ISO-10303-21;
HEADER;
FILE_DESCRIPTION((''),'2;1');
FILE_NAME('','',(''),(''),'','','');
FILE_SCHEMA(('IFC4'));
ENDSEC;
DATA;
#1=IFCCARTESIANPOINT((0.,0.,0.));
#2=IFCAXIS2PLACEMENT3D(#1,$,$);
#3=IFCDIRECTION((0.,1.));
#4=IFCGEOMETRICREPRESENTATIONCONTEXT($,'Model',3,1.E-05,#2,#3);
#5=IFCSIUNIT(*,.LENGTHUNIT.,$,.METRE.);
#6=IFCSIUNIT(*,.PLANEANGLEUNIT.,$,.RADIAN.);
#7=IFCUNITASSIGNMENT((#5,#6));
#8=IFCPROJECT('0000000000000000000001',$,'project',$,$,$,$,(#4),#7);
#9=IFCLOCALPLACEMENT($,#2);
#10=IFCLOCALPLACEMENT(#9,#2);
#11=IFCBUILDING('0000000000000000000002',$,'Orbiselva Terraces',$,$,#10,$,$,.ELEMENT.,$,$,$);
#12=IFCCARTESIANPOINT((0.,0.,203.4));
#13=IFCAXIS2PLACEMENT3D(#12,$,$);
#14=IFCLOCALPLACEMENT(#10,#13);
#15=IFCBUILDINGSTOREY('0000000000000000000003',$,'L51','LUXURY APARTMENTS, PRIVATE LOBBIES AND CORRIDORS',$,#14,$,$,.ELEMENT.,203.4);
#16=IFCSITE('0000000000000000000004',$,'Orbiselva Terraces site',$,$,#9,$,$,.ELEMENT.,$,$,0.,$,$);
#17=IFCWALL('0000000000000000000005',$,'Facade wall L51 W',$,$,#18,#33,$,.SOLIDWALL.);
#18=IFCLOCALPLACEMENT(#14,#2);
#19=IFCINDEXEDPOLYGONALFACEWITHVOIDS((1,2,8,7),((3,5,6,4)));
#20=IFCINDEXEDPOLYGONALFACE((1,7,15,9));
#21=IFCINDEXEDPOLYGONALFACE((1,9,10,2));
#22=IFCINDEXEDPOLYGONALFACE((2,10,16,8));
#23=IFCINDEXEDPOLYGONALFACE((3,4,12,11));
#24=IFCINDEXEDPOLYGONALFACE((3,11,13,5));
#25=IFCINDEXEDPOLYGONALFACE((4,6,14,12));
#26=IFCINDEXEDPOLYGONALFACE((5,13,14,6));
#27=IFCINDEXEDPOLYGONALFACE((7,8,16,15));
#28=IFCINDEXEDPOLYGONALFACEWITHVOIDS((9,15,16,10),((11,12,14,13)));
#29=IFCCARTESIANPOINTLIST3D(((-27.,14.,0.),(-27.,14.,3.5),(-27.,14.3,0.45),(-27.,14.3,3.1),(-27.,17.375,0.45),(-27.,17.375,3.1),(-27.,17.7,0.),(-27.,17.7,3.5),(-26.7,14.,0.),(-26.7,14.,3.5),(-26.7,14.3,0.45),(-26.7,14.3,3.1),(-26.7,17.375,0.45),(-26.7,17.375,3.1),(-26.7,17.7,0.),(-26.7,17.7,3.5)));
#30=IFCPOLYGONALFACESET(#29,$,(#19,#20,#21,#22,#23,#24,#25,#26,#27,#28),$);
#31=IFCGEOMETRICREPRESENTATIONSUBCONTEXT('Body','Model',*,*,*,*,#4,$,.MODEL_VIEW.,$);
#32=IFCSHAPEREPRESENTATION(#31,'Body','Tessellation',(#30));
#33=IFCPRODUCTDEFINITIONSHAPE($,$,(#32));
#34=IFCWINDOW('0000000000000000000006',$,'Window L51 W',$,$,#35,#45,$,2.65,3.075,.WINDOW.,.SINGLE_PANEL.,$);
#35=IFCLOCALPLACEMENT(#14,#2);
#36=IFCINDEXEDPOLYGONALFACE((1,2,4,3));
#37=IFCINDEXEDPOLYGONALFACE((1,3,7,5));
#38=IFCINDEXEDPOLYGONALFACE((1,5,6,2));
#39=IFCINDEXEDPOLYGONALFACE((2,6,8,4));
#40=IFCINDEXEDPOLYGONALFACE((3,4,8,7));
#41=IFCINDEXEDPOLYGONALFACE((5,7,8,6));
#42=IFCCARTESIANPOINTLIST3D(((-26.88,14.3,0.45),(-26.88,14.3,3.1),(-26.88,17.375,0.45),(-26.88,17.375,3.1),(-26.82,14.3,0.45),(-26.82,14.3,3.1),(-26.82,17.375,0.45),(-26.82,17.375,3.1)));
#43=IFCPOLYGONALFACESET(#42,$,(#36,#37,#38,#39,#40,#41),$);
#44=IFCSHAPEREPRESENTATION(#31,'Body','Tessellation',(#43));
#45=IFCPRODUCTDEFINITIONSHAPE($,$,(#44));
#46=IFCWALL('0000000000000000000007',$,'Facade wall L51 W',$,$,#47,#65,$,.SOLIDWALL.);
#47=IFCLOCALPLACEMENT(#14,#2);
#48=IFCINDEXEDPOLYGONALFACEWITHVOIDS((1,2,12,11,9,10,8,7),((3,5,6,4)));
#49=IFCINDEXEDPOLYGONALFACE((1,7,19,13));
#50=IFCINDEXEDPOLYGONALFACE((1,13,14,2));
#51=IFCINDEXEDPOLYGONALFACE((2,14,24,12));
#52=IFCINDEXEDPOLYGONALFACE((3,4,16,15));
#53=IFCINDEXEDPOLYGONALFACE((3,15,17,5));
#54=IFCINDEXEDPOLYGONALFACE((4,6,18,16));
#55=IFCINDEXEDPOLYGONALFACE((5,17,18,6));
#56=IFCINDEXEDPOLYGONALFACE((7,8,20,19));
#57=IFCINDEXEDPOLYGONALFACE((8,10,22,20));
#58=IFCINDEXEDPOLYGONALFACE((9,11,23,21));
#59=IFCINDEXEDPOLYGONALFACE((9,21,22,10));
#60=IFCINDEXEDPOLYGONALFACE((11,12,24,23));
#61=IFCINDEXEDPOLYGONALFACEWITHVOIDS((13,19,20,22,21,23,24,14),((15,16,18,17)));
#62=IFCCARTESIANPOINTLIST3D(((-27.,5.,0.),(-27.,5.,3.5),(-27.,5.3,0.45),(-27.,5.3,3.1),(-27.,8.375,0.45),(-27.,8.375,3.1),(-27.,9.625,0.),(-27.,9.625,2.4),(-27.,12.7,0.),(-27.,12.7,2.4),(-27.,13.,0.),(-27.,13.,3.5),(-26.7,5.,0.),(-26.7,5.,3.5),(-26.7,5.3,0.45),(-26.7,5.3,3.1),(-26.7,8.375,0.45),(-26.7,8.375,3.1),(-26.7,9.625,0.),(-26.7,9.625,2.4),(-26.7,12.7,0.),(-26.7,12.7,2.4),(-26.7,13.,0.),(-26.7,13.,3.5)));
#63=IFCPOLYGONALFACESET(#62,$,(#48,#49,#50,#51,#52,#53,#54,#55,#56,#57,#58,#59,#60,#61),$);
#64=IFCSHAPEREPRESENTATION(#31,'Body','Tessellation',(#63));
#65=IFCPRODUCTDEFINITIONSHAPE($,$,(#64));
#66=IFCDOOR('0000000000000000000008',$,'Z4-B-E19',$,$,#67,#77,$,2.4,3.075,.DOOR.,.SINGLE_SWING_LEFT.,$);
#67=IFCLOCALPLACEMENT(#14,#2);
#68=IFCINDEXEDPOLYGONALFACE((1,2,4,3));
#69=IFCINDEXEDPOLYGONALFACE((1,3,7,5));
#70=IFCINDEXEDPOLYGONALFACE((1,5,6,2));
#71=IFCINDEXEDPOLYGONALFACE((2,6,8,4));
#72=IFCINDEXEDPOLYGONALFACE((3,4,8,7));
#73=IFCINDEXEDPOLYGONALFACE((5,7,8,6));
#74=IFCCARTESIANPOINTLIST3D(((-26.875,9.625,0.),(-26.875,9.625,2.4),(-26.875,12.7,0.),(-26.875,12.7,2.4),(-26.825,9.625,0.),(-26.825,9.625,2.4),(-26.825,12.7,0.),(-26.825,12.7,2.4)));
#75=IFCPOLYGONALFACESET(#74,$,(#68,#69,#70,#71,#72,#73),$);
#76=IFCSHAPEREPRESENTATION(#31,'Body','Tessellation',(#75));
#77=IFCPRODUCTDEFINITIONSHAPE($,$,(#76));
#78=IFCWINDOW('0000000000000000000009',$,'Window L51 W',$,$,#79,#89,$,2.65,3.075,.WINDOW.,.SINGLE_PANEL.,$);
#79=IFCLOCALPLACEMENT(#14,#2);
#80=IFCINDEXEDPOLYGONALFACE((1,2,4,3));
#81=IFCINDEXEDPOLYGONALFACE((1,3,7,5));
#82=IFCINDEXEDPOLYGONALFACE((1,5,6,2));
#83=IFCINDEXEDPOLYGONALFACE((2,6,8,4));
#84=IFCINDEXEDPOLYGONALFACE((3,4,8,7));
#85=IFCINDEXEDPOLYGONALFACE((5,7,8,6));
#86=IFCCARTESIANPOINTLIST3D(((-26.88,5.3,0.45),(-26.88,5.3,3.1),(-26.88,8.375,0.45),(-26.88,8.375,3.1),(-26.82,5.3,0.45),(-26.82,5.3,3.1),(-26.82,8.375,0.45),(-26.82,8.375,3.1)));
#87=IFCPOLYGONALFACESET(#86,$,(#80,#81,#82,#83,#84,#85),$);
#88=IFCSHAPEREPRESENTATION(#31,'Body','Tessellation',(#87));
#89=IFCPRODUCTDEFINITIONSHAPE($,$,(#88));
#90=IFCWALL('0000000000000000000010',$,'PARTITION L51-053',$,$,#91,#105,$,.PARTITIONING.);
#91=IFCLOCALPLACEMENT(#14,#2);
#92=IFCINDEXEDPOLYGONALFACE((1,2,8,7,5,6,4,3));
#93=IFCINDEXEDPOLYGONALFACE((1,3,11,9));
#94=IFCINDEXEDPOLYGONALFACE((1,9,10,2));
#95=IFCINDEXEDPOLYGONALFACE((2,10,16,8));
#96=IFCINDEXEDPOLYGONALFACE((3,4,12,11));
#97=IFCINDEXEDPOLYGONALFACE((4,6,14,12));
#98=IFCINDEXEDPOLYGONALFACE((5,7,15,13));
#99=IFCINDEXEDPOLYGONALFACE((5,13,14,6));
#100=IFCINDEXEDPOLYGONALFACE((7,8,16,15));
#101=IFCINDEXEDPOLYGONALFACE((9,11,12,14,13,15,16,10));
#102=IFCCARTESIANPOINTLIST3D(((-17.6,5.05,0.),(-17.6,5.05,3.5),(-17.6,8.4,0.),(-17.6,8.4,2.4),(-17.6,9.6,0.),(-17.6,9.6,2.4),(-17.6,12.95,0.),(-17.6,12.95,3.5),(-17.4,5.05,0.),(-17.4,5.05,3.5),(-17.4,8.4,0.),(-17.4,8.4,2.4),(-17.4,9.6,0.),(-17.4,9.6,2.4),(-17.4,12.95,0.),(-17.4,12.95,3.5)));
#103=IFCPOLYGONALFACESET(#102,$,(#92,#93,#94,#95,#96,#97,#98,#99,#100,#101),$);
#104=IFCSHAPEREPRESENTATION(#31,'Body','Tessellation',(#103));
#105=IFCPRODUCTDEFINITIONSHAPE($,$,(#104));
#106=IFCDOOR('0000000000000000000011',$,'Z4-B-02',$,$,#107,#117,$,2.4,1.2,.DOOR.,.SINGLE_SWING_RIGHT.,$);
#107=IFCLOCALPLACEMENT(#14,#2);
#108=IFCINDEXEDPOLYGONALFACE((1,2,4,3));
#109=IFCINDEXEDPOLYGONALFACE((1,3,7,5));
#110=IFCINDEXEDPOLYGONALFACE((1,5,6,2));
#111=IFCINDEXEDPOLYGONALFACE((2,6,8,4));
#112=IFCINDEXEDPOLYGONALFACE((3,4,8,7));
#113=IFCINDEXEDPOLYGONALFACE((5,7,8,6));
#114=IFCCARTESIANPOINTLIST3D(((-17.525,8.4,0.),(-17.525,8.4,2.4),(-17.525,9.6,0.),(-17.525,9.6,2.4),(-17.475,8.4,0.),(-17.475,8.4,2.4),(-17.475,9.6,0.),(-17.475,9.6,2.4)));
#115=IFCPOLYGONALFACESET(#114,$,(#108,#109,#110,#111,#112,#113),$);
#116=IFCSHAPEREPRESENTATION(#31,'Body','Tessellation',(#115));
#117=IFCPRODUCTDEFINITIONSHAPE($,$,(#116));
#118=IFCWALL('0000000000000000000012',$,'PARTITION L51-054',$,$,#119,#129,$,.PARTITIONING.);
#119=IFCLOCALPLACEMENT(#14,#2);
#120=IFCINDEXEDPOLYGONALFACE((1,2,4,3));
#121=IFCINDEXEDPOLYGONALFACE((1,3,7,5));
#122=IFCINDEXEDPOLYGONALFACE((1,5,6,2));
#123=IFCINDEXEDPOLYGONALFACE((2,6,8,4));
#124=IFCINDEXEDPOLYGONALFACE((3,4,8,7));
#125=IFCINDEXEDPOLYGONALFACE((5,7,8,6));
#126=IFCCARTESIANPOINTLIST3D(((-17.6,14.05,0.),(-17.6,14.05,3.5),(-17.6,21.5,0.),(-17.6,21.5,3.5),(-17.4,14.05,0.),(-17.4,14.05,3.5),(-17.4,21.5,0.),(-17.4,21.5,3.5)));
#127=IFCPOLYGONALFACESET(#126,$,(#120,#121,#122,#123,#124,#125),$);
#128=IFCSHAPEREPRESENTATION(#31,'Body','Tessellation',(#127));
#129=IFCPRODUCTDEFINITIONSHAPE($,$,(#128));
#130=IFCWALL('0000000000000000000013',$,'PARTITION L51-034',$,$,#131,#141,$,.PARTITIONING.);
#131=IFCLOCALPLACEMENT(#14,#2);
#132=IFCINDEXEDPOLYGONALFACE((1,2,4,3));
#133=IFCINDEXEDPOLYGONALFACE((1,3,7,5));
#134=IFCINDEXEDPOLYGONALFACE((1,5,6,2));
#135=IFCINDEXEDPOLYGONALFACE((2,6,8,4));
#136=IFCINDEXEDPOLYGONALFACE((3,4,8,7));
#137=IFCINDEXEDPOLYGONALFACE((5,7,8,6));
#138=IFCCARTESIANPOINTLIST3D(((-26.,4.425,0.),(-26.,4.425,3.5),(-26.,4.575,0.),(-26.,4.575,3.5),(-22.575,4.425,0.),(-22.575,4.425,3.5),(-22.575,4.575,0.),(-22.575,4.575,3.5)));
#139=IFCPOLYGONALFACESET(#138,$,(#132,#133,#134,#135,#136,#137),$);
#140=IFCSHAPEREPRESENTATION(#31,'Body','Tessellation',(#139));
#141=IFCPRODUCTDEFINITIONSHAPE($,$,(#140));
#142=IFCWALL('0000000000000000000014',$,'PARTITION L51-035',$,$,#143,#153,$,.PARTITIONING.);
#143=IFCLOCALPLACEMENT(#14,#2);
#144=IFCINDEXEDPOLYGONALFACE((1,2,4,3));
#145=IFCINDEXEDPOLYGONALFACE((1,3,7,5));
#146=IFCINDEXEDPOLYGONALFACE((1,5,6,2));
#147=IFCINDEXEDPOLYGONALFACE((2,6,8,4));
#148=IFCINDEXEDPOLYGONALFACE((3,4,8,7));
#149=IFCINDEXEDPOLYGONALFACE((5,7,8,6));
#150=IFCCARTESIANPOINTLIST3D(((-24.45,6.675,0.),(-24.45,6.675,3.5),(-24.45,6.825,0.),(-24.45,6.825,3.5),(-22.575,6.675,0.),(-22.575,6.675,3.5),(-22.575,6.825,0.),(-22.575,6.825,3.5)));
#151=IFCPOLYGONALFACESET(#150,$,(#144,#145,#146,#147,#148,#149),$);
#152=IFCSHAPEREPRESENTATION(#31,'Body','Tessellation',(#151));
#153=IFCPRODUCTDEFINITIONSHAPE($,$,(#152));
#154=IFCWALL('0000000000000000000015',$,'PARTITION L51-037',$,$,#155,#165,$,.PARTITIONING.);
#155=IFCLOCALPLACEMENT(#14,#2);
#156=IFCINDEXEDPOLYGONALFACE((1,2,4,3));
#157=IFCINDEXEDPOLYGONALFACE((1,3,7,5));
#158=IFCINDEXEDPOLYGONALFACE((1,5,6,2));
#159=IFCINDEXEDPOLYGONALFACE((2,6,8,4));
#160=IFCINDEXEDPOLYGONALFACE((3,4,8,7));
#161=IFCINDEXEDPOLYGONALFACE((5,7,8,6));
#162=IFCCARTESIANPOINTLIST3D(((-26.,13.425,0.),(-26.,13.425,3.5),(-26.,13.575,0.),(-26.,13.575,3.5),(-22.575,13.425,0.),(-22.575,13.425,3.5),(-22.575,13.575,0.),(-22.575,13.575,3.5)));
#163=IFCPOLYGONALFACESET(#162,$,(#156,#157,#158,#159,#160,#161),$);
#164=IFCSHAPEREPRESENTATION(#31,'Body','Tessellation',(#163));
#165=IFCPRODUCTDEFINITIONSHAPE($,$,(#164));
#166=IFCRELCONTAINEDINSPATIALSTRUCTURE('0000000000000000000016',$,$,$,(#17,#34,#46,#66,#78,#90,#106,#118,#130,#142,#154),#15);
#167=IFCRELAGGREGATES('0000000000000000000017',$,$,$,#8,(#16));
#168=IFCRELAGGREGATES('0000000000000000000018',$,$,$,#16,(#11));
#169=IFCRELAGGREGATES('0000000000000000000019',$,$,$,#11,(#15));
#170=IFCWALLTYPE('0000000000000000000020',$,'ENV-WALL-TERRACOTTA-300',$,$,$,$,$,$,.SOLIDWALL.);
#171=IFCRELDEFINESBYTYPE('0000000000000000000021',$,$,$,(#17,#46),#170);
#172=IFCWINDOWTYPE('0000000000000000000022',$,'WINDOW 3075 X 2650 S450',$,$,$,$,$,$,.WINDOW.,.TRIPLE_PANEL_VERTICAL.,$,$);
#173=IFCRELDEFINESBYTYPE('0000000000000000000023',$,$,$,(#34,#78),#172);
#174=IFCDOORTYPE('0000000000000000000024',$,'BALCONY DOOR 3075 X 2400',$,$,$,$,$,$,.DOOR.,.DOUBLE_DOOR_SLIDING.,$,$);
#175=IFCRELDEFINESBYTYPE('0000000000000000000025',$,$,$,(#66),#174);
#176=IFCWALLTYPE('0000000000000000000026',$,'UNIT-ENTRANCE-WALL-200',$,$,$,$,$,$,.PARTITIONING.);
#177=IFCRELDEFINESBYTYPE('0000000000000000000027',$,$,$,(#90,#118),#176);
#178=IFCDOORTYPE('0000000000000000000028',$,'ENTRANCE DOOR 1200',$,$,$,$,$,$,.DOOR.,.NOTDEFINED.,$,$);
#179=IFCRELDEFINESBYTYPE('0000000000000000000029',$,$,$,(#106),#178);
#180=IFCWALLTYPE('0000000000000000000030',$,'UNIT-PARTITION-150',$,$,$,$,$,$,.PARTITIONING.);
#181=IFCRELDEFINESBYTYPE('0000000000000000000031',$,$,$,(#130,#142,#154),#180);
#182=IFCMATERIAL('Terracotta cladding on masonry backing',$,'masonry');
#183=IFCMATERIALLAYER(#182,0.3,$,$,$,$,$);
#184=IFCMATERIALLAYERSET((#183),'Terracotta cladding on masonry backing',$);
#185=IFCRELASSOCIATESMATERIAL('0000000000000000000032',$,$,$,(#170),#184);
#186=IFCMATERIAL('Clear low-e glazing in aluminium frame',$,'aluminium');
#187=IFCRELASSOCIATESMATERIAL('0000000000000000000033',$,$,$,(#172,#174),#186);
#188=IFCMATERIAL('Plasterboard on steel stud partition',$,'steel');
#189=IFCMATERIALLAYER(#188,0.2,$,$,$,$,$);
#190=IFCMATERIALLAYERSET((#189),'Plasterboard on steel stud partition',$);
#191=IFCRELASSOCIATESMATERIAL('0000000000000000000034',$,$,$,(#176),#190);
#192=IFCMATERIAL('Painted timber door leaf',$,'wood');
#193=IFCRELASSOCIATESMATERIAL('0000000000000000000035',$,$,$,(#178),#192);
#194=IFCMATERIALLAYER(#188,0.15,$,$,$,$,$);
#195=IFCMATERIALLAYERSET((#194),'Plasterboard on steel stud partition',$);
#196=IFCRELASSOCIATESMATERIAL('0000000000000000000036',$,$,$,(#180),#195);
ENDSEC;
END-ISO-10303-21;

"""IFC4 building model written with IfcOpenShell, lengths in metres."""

from ifc_helpers import new_model, si_unit, direction, frame, frame_2d, origin, place, context, subcontext, project, spatial, rectangle, extrude, material, layer, layer_set, type_object, element, fill, save


model = new_model("IFC4")

# Units and contexts
model_context = context("Model", 3, precision=1e-05, world=origin(), true_north=direction((0.0, 1.0)))
body_context = subcontext(model_context, "Body", "Model", "MODEL_VIEW")
ifc_project = project(units=[si_unit("LENGTHUNIT", "METRE"), si_unit("PLANEANGLEUNIT", "RADIAN")], contexts=[model_context])

# Site, building, storey
site_placement = place(None, origin())
site = spatial("IfcSite", under=ifc_project, at=site_placement, Name="Orbiselva Terraces site", CompositionType="ELEMENT", RefElevation=0.0)
building_placement = place(site_placement, origin())
building = spatial("IfcBuilding", under=site, at=building_placement, Name="Orbiselva Terraces", CompositionType="ELEMENT")
storey_placement = place(building_placement, frame((0.0, 0.0, 203.4)))
storey = spatial("IfcBuildingStorey", under=building, at=storey_placement, Name="L51", Description="LUXURY APARTMENTS, PRIVATE LOBBIES AND CORRIDORS", CompositionType="ELEMENT", Elevation=203.4)

# Wall, opening, window
ifc_material_1 = material(Name="Terracotta cladding on masonry backing", Category="masonry")
ifc_layer_1 = layer(ifc_material_1, 0.3)
ifc_layer_set_1 = layer_set([ifc_layer_1], Name="Terracotta cladding on masonry backing")
wall_type_1 = type_object("IfcWallType", Name="ENV-WALL-TERRACOTTA-300", PredefinedType="SOLIDWALL", material=ifc_layer_set_1)
wall_1_placement = place(storey_placement, frame((-26.85, 14.0, 0.0), z_axis=(0.0, 0.0, 1.0), x_axis=(0.0, 1.0, 0.0)))
wall_1 = element("IfcWall", 1, at=wall_1_placement, inside=storey, type_object=wall_type_1, Name="Facade wall L51 W", PredefinedType="SOLIDWALL", context=body_context, shape_type="SweptSolid", body=[
    extrude(rectangle(XDim=3.7, YDim=0.3, at=frame_2d((1.85, 0.0))), origin(), (0.0, 0.0, 1.0), 3.5),
])
opening_1_placement = place(wall_1_placement, frame((0.3, 0.0, 0.45)))
opening_1 = element("IfcOpeningElement", 2, at=opening_1_placement, cuts=wall_1, PredefinedType="OPENING", context=body_context, shape_type="SweptSolid", body=[
    extrude(rectangle(XDim=3.075, YDim=2.65, at=frame_2d((1.5375, 1.325))), frame((0.0, 0.16, 0.0), z_axis=(0.0, -1.0, 0.0), x_axis=(1.0, 0.0, 0.0)), (0.0, 0.0, 1.0), 0.32),
])
ifc_material_2 = material(Name="Clear low-e glazing in aluminium frame", Category="aluminium")
window_type = type_object("IfcWindowType", Name="WINDOW 3075 X 2650 S450", PartitioningType="TRIPLE_PANEL_VERTICAL", PredefinedType="WINDOW", material=ifc_material_2)
window_1_placement = place(opening_1_placement, origin())
window_1 = element("IfcWindow", 3, at=window_1_placement, inside=storey, type_object=window_type, Name="Window L51 W", OverallHeight=2.65, OverallWidth=3.075, PartitioningType="SINGLE_PANEL", PredefinedType="WINDOW", context=body_context, shape_type="SweptSolid", body=[
    extrude(rectangle(XDim=3.075, YDim=2.65, at=frame_2d((1.5375, 1.325))), frame((0.0, 0.03, 0.0), z_axis=(0.0, -1.0, 0.0), x_axis=(1.0, 0.0, 0.0)), (0.0, 0.0, 1.0), 0.06),
])
fill(opening_1, window_1)

# Wall, openings, door, window
wall_2_placement = place(storey_placement, frame((-26.85, 5.0, 0.0), z_axis=(0.0, 0.0, 1.0), x_axis=(0.0, 1.0, 0.0)))
wall_2 = element("IfcWall", 4, at=wall_2_placement, inside=storey, type_object=wall_type_1, Name="Facade wall L51 W", PredefinedType="SOLIDWALL", context=body_context, shape_type="SweptSolid", body=[
    extrude(rectangle(XDim=8.0, YDim=0.3, at=frame_2d((4.0, 0.0))), origin(), (0.0, 0.0, 1.0), 3.5),
])
opening_2_placement = place(wall_2_placement, frame((4.625, 0.0, 0.0)))
opening_2 = element("IfcOpeningElement", 5, at=opening_2_placement, cuts=wall_2, PredefinedType="OPENING", context=body_context, shape_type="SweptSolid", body=[
    extrude(rectangle(XDim=3.075, YDim=2.4, at=frame_2d((1.5375, 1.2))), frame((0.0, 0.16, 0.0), z_axis=(0.0, -1.0, 0.0), x_axis=(1.0, 0.0, 0.0)), (0.0, 0.0, 1.0), 0.32),
])
opening_3_placement = place(wall_2_placement, frame((0.3, 0.0, 0.45)))
opening_3 = element("IfcOpeningElement", 6, at=opening_3_placement, cuts=wall_2, PredefinedType="OPENING", context=body_context, shape_type="SweptSolid", body=[
    extrude(rectangle(XDim=3.075, YDim=2.65, at=frame_2d((1.5375, 1.325))), frame((0.0, 0.16, 0.0), z_axis=(0.0, -1.0, 0.0), x_axis=(1.0, 0.0, 0.0)), (0.0, 0.0, 1.0), 0.32),
])
door_type_1 = type_object("IfcDoorType", Name="BALCONY DOOR 3075 X 2400", OperationType="DOUBLE_DOOR_SLIDING", PredefinedType="DOOR", material=ifc_material_2)
door_1_placement = place(opening_2_placement, origin())
door_1 = element("IfcDoor", 7, at=door_1_placement, inside=storey, type_object=door_type_1, Name="Z4-B-E19", OperationType="SINGLE_SWING_LEFT", OverallHeight=2.4, OverallWidth=3.075, PredefinedType="DOOR", context=body_context, shape_type="SweptSolid", body=[
    extrude(rectangle(XDim=3.075, YDim=2.4, at=frame_2d((1.5375, 1.2))), frame((0.0, 0.025, 0.0), z_axis=(0.0, -1.0, 0.0), x_axis=(1.0, 0.0, 0.0)), (0.0, 0.0, 1.0), 0.05),
])
fill(opening_2, door_1)
window_2_placement = place(opening_3_placement, origin())
window_2 = element("IfcWindow", 8, at=window_2_placement, inside=storey, type_object=window_type, Name="Window L51 W", OverallHeight=2.65, OverallWidth=3.075, PartitioningType="SINGLE_PANEL", PredefinedType="WINDOW", context=body_context, shape_type="SweptSolid", body=[
    extrude(rectangle(XDim=3.075, YDim=2.65, at=frame_2d((1.5375, 1.325))), frame((0.0, 0.03, 0.0), z_axis=(0.0, -1.0, 0.0), x_axis=(1.0, 0.0, 0.0)), (0.0, 0.0, 1.0), 0.06),
])
fill(opening_3, window_2)

# Wall, opening, door
ifc_material_3 = material(Name="Plasterboard on steel stud partition", Category="steel")
ifc_layer_2 = layer(ifc_material_3, 0.2)
ifc_layer_set_2 = layer_set([ifc_layer_2], Name="Plasterboard on steel stud partition")
wall_type_2 = type_object("IfcWallType", Name="UNIT-ENTRANCE-WALL-200", PredefinedType="PARTITIONING", material=ifc_layer_set_2)
wall_3_placement = place(storey_placement, frame((-17.5, 5.05, 0.0), z_axis=(0.0, 0.0, 1.0), x_axis=(0.0, 1.0, 0.0)))
wall_3 = element("IfcWall", 9, at=wall_3_placement, inside=storey, type_object=wall_type_2, Name="PARTITION L51-053", PredefinedType="PARTITIONING", context=body_context, shape_type="SweptSolid", body=[
    extrude(rectangle(XDim=7.9, YDim=0.2, at=frame_2d((3.95, 0.0))), origin(), (0.0, 0.0, 1.0), 3.5),
])
opening_4_placement = place(wall_3_placement, frame((3.35, 0.0, 0.0)))
opening_4 = element("IfcOpeningElement", 10, at=opening_4_placement, cuts=wall_3, PredefinedType="OPENING", context=body_context, shape_type="SweptSolid", body=[
    extrude(rectangle(XDim=1.2, YDim=2.4, at=frame_2d((0.6, 1.2))), frame((0.0, 0.11, 0.0), z_axis=(0.0, -1.0, 0.0), x_axis=(1.0, 0.0, 0.0)), (0.0, 0.0, 1.0), 0.22),
])
ifc_material_4 = material(Name="Painted timber door leaf", Category="wood")
door_type_2 = type_object("IfcDoorType", Name="ENTRANCE DOOR 1200", OperationType="NOTDEFINED", PredefinedType="DOOR", material=ifc_material_4)
door_2_placement = place(opening_4_placement, origin())
door_2 = element("IfcDoor", 11, at=door_2_placement, inside=storey, type_object=door_type_2, Name="Z4-B-02", OperationType="SINGLE_SWING_RIGHT", OverallHeight=2.4, OverallWidth=1.2, PredefinedType="DOOR", context=body_context, shape_type="SweptSolid", body=[
    extrude(rectangle(XDim=1.2, YDim=2.4, at=frame_2d((0.6, 1.2))), frame((0.0, 0.025, 0.0), z_axis=(0.0, -1.0, 0.0), x_axis=(1.0, 0.0, 0.0)), (0.0, 0.0, 1.0), 0.05),
])
fill(opening_4, door_2)

# Walls
wall_4_placement = place(storey_placement, frame((-17.5, 14.05, 0.0), z_axis=(0.0, 0.0, 1.0), x_axis=(0.0, 1.0, 0.0)))
element("IfcWall", 12, at=wall_4_placement, inside=storey, type_object=wall_type_2, Name="PARTITION L51-054", PredefinedType="PARTITIONING", context=body_context, shape_type="SweptSolid", body=[
    extrude(rectangle(XDim=7.45, YDim=0.2, at=frame_2d((3.725, 0.0))), origin(), (0.0, 0.0, 1.0), 3.5),
])
ifc_layer_3 = layer(ifc_material_3, 0.15)
ifc_layer_set_3 = layer_set([ifc_layer_3], Name="Plasterboard on steel stud partition")
wall_type_3 = type_object("IfcWallType", Name="UNIT-PARTITION-150", PredefinedType="PARTITIONING", material=ifc_layer_set_3)
wall_5_placement = place(storey_placement, frame((-26.0, 4.5, 0.0), z_axis=(0.0, 0.0, 1.0), x_axis=(1.0, 0.0, 0.0)))
element("IfcWall", 13, at=wall_5_placement, inside=storey, type_object=wall_type_3, Name="PARTITION L51-034", PredefinedType="PARTITIONING", context=body_context, shape_type="SweptSolid", body=[
    extrude(rectangle(XDim=3.425, YDim=0.15, at=frame_2d((1.7125, 0.0))), origin(), (0.0, 0.0, 1.0), 3.5),
])
wall_6_placement = place(storey_placement, frame((-24.45, 6.75, 0.0), z_axis=(0.0, 0.0, 1.0), x_axis=(1.0, 0.0, 0.0)))
element("IfcWall", 14, at=wall_6_placement, inside=storey, type_object=wall_type_3, Name="PARTITION L51-035", PredefinedType="PARTITIONING", context=body_context, shape_type="SweptSolid", body=[
    extrude(rectangle(XDim=1.875, YDim=0.15, at=frame_2d((0.9375, 0.0))), origin(), (0.0, 0.0, 1.0), 3.5),
])
wall_7_placement = place(storey_placement, frame((-26.0, 13.5, 0.0), z_axis=(0.0, 0.0, 1.0), x_axis=(1.0, 0.0, 0.0)))
element("IfcWall", 15, at=wall_7_placement, inside=storey, type_object=wall_type_3, Name="PARTITION L51-037", PredefinedType="PARTITIONING", context=body_context, shape_type="SweptSolid", body=[
    extrude(rectangle(XDim=3.425, YDim=0.15, at=frame_2d((1.7125, 0.0))), origin(), (0.0, 0.0, 1.0), 3.5),
])

save(model, "model.ifc")
